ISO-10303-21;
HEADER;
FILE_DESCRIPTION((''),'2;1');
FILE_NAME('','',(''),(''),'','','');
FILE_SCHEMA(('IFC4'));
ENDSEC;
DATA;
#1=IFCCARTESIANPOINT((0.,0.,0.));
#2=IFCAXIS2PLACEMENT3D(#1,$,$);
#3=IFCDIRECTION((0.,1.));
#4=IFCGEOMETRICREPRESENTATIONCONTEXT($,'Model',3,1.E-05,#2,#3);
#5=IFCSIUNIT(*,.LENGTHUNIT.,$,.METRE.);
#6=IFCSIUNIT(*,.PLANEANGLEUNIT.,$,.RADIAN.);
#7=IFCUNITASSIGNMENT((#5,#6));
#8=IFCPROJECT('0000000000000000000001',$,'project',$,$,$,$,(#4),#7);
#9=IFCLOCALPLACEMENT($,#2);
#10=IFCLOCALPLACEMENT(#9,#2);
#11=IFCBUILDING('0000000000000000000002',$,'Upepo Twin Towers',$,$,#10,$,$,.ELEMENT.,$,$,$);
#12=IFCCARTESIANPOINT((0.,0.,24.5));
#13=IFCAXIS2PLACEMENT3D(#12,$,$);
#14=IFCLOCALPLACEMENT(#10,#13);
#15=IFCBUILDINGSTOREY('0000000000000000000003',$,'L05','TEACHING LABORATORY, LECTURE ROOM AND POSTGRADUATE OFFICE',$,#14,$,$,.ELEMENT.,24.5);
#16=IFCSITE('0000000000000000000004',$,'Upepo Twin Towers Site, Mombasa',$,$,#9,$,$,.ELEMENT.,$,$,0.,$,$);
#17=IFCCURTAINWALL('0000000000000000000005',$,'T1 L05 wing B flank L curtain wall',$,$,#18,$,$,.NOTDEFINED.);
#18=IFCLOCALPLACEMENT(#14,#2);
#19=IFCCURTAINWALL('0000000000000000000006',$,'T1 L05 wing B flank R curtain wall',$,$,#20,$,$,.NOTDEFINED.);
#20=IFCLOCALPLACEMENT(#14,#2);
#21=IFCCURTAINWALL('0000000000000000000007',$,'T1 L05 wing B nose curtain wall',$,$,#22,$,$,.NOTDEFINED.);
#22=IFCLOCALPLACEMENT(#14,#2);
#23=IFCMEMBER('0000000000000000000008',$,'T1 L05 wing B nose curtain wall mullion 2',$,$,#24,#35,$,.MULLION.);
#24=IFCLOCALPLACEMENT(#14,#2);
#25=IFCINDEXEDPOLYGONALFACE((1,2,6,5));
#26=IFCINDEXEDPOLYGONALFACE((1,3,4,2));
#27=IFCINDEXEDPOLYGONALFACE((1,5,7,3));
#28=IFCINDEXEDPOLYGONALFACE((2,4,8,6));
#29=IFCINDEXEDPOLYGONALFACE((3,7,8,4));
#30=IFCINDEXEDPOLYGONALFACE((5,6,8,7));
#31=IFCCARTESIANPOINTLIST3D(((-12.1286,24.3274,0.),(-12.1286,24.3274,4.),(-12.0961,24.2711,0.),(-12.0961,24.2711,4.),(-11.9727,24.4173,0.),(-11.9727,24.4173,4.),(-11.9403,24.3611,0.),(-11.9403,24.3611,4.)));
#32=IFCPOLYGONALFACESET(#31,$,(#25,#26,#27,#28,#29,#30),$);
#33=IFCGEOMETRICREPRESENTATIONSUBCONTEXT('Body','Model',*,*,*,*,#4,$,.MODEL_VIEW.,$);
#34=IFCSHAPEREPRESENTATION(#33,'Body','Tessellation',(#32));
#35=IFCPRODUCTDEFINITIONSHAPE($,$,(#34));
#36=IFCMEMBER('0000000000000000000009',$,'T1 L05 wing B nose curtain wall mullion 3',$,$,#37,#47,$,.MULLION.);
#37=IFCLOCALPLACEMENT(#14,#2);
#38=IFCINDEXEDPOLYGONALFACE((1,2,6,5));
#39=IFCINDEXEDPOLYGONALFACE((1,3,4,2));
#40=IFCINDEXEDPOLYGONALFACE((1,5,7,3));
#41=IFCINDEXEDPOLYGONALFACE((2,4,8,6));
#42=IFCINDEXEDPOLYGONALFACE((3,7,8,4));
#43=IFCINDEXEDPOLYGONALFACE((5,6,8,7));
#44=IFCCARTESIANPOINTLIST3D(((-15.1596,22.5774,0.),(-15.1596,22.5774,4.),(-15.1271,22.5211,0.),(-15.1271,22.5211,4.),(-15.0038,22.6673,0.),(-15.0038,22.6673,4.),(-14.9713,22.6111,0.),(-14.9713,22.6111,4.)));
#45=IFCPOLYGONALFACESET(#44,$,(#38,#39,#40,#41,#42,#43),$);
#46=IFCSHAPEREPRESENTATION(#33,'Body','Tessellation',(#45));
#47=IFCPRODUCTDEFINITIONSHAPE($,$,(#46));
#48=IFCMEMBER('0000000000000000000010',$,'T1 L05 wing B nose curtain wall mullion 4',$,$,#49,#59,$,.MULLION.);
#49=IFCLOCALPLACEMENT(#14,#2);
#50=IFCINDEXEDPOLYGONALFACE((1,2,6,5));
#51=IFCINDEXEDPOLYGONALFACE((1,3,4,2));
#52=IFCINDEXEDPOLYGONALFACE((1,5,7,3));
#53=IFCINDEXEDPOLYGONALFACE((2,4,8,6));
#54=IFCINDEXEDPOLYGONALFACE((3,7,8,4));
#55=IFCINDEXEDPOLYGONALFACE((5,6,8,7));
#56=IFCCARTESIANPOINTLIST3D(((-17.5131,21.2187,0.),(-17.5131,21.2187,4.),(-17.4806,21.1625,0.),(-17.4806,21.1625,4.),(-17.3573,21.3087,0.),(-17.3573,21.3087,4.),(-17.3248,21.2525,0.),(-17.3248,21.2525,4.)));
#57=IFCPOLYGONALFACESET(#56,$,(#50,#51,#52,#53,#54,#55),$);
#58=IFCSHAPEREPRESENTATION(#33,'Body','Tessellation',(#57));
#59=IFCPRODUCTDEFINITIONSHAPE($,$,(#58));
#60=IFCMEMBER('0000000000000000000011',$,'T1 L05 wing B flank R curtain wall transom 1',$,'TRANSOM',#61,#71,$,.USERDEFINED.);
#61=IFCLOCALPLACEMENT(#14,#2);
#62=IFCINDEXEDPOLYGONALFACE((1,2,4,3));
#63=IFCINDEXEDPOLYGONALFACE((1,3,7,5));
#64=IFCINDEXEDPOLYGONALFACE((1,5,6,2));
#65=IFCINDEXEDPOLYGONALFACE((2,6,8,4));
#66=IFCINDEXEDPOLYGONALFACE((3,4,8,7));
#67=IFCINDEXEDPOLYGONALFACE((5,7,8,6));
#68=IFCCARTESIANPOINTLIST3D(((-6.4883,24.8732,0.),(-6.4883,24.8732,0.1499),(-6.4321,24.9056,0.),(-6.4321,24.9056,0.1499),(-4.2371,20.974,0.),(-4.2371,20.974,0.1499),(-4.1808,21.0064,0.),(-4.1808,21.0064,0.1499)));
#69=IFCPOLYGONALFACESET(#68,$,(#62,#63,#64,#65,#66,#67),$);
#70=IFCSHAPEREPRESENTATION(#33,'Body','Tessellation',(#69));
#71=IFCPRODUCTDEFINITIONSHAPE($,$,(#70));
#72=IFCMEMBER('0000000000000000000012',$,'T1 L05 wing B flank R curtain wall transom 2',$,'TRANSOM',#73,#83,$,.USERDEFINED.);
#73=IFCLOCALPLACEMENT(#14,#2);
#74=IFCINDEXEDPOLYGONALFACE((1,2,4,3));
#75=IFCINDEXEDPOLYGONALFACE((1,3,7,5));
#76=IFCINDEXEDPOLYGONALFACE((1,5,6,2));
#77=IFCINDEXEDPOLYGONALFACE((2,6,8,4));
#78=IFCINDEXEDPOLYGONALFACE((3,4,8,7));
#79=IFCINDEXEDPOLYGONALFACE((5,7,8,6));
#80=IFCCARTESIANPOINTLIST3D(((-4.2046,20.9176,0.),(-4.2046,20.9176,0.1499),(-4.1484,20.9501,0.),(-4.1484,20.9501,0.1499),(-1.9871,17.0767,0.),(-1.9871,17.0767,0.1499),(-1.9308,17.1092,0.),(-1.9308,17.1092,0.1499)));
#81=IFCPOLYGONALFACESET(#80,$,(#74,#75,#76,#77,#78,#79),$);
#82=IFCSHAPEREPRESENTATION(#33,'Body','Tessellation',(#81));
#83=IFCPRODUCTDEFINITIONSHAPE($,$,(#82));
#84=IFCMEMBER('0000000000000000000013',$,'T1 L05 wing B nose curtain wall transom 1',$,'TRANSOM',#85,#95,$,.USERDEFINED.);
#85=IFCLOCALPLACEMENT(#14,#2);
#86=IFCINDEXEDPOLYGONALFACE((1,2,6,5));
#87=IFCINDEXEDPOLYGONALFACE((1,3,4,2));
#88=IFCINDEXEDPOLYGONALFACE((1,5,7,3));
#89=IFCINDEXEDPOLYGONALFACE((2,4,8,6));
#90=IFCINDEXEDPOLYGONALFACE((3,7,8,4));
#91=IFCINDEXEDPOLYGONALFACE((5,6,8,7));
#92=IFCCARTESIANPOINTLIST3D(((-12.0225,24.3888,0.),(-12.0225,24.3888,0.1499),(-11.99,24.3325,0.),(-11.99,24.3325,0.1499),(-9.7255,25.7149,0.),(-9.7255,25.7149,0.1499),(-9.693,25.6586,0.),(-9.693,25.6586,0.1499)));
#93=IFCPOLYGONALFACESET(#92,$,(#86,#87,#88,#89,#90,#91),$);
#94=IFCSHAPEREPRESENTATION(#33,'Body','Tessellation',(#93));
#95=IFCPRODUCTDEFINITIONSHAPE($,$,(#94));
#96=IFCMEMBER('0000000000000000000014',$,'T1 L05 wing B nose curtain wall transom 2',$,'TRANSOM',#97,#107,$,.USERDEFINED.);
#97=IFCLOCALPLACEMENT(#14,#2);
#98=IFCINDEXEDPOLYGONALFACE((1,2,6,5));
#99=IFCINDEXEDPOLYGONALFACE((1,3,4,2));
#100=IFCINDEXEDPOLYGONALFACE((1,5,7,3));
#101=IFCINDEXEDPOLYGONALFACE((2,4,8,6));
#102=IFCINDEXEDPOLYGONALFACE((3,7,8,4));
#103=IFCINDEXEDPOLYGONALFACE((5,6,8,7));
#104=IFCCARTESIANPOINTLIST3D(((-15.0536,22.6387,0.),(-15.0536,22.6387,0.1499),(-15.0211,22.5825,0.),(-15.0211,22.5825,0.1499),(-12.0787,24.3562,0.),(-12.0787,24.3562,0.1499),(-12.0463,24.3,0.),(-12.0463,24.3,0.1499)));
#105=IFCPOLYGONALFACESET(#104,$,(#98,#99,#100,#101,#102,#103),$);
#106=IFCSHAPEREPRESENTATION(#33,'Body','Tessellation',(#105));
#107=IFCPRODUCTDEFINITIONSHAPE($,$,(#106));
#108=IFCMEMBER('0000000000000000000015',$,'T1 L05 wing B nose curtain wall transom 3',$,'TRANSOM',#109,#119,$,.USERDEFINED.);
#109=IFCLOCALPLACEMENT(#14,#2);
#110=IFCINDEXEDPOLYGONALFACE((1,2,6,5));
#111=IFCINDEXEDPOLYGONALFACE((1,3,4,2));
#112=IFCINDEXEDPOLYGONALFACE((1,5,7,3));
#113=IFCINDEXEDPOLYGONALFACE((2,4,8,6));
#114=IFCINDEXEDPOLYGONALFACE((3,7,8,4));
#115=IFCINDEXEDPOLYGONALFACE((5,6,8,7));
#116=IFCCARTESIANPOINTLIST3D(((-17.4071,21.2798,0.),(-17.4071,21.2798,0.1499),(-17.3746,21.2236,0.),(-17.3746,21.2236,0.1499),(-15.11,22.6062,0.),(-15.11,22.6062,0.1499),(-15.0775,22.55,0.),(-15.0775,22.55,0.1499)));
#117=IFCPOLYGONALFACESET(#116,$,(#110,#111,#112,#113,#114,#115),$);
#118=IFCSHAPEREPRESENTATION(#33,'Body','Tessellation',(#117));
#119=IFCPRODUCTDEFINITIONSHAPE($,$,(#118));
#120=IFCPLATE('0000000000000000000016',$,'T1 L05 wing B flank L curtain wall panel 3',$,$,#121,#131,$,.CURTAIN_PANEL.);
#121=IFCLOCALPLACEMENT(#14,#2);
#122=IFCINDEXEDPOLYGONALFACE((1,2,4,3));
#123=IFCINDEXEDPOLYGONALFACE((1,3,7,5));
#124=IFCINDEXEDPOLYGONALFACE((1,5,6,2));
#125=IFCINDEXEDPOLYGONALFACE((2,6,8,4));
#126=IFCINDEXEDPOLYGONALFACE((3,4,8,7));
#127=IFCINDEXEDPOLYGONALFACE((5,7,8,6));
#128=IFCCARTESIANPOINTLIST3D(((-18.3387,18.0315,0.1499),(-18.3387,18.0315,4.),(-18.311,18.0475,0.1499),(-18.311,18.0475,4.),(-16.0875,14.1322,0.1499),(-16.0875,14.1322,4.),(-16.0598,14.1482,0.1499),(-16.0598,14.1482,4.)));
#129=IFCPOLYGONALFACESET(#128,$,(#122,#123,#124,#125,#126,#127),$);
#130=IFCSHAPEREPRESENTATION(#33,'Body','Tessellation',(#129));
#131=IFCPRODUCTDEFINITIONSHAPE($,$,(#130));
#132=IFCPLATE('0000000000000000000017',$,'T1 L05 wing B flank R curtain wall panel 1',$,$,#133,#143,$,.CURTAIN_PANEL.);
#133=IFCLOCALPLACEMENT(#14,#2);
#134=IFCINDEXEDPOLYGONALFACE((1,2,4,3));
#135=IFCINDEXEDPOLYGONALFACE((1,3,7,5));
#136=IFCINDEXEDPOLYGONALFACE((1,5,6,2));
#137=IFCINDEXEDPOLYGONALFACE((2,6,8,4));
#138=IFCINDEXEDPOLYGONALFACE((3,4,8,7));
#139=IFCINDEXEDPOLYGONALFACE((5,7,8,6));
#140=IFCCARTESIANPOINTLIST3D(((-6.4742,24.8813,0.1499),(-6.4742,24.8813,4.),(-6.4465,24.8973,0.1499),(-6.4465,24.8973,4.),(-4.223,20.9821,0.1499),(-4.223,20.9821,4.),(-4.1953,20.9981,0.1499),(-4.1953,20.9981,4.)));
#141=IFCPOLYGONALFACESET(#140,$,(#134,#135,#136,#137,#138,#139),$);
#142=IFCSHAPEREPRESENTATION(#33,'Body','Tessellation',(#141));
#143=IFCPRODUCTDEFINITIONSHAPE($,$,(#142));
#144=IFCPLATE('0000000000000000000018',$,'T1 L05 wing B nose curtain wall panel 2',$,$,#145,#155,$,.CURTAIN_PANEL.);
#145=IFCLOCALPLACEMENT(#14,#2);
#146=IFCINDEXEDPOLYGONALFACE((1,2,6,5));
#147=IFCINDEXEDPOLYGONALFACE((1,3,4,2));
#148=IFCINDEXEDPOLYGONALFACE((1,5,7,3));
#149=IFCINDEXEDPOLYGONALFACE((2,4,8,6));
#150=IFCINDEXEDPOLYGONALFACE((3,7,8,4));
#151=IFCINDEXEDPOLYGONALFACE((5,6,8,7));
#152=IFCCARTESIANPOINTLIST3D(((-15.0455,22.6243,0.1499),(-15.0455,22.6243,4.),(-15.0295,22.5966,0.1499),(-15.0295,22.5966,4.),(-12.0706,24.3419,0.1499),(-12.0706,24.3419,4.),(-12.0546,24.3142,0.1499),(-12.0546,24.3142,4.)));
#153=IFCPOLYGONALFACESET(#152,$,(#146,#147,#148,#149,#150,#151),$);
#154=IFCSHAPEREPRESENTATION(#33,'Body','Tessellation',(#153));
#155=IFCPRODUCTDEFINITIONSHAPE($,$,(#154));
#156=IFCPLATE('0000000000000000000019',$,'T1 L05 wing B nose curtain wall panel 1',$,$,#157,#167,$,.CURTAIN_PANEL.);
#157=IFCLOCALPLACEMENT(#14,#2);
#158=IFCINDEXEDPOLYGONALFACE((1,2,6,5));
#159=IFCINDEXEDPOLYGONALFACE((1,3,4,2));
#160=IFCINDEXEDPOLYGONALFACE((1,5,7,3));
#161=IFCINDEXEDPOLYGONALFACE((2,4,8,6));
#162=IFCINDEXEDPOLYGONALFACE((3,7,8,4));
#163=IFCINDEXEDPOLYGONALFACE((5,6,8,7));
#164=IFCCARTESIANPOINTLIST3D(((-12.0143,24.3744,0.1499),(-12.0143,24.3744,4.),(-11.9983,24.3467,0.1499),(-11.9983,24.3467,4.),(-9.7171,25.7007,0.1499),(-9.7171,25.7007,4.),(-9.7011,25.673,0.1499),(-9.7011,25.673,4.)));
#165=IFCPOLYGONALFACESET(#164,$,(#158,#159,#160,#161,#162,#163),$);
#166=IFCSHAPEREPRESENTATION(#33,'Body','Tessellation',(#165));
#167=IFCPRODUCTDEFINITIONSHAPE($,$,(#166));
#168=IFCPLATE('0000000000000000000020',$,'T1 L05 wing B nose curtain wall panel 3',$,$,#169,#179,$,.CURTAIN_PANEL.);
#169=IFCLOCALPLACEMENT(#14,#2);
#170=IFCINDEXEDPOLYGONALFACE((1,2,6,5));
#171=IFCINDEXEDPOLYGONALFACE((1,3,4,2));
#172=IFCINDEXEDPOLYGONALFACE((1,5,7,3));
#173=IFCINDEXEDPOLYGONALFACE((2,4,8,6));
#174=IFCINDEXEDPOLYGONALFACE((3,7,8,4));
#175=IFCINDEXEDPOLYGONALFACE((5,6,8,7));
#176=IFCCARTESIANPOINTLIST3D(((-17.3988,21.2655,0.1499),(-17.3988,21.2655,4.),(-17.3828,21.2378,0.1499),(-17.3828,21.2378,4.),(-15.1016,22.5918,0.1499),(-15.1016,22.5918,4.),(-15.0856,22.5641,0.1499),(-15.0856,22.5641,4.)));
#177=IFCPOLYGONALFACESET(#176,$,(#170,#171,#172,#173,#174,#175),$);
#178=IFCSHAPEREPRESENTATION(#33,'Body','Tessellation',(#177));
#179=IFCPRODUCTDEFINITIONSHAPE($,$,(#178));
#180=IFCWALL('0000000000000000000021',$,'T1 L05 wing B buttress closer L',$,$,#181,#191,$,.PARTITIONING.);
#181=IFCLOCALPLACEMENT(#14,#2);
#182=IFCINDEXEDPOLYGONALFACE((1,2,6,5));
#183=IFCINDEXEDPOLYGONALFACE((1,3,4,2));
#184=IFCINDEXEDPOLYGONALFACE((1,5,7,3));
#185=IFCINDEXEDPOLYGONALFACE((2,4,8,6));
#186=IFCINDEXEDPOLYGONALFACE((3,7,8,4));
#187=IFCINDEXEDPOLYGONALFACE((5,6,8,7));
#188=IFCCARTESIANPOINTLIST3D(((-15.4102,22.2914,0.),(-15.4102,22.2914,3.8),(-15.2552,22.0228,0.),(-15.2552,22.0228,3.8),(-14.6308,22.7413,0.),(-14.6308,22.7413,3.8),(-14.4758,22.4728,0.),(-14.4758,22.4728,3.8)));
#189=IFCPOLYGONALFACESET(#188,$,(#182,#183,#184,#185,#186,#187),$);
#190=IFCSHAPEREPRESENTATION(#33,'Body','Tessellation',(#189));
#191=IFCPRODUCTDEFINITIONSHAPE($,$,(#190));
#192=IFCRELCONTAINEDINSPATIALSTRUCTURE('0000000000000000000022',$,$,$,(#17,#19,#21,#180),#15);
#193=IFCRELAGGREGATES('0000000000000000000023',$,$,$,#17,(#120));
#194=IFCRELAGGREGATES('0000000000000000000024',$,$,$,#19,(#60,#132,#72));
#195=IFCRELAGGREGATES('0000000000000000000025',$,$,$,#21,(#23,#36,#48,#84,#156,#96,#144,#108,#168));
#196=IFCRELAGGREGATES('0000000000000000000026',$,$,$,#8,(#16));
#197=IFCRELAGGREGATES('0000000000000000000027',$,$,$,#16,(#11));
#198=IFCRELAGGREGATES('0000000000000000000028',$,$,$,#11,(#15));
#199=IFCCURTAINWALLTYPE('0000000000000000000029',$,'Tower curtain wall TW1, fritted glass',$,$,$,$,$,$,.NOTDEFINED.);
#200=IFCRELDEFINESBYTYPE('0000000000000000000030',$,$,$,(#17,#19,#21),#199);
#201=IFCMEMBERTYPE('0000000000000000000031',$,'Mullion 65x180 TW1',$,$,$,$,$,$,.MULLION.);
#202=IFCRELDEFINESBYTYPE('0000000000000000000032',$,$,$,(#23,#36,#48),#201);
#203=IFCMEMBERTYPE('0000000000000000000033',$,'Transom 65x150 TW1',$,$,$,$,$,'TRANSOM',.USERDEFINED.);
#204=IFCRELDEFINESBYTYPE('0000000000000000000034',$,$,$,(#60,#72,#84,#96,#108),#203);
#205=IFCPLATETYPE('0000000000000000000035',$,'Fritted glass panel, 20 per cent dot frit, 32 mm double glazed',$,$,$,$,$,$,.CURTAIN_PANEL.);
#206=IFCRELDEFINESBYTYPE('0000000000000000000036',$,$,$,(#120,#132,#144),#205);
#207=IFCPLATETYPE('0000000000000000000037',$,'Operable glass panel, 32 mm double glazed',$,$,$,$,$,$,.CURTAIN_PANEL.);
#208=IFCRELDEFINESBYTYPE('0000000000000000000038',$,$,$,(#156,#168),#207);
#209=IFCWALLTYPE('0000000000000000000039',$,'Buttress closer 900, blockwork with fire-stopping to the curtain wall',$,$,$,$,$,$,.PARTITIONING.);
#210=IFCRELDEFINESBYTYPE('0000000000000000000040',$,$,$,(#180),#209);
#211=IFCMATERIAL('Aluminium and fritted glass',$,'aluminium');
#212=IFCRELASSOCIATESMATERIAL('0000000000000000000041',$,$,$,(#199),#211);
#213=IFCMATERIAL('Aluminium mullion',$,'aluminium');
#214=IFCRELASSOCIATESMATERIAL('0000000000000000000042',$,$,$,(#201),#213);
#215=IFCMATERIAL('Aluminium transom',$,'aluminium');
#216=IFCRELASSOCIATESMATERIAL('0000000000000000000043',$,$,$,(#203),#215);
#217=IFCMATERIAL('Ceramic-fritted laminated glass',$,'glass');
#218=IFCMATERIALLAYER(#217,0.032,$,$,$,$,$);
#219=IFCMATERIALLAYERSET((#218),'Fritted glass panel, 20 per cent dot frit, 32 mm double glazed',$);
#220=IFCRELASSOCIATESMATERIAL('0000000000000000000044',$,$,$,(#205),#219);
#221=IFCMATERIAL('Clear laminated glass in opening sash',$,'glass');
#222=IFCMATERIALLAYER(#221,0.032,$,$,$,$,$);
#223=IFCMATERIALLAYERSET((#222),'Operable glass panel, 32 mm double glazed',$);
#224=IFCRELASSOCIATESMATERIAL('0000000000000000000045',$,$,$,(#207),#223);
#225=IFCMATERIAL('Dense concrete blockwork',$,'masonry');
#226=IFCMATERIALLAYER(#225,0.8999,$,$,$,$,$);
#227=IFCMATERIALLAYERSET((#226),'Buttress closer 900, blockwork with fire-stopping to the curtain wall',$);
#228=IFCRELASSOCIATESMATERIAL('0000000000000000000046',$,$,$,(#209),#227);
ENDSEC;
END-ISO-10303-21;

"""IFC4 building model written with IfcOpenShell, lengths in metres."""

from ifc_helpers import new_model, si_unit, direction, frame, frame_2d, origin, origin_2d, place, context, subcontext, project, spatial, rectangle, extrude, material, layer, layer_set, material_profile, profile_set, type_object, element, aggregate, save


model = new_model("IFC4")

# Units and contexts
model_context = context("Model", 3, precision=1e-05, world=origin(), true_north=direction((0.0, 1.0)))
body_context = subcontext(model_context, "Body", "Model", "MODEL_VIEW")
ifc_project = project(units=[si_unit("LENGTHUNIT", "METRE"), si_unit("PLANEANGLEUNIT", "RADIAN")], contexts=[model_context])

# Site, building, storey
site_placement = place(None, origin())
site = spatial("IfcSite", under=ifc_project, at=site_placement, Name="Upepo Twin Towers Site, Mombasa", CompositionType="ELEMENT", RefElevation=0.0)
building_placement = place(site_placement, origin())
building = spatial("IfcBuilding", under=site, at=building_placement, Name="Upepo Twin Towers", CompositionType="ELEMENT")
storey_placement = place(building_placement, frame((0.0, 0.0, 24.5)))
storey = spatial("IfcBuildingStorey", under=building, at=storey_placement, Name="L05", Description="TEACHING LABORATORY, LECTURE ROOM AND POSTGRADUATE OFFICE", CompositionType="ELEMENT", Elevation=24.5)

# Curtain wall
ifc_material_1 = material(Name="Aluminium and fritted glass", Category="aluminium")
curtain_wall_type = type_object("IfcCurtainWallType", Name="Tower curtain wall TW1, fritted glass", PredefinedType="NOTDEFINED", material=ifc_material_1)
curtain_wall_1_placement = place(storey_placement, origin())
curtain_wall_1 = element("IfcCurtainWall", 1, at=curtain_wall_1_placement, inside=storey, type_object=curtain_wall_type, Name="T1 L05 wing B flank L curtain wall", PredefinedType="NOTDEFINED")
ifc_material_2 = material(Name="Aluminium mullion", Category="aluminium")
ifc_material_profile_1 = material_profile(ifc_material_2, rectangle(XDim=0.0649, YDim=0.1799, at=origin_2d()), Name="MULLION 65x180")
ifc_profile_set_1 = profile_set([ifc_material_profile_1], Name="Aluminium mullion")
member_type_1 = type_object("IfcMemberType", Name="Mullion 65x180 TW1", PredefinedType="MULLION", material=ifc_profile_set_1)

# Curtain walls, members
curtain_wall_2_placement = place(storey_placement, origin())
curtain_wall_2 = element("IfcCurtainWall", 2, at=curtain_wall_2_placement, inside=storey, type_object=curtain_wall_type, Name="T1 L05 wing B flank R curtain wall", PredefinedType="NOTDEFINED")
curtain_wall_3_placement = place(storey_placement, origin())
curtain_wall_3 = element("IfcCurtainWall", 3, at=curtain_wall_3_placement, inside=storey, type_object=curtain_wall_type, Name="T1 L05 wing B nose curtain wall", PredefinedType="NOTDEFINED")
member_1_placement = place(storey_placement, frame((-12.0344, 24.3442, 0.0), z_axis=(0.0, 0.0, 1.0), x_axis=(0.5, -0.866025, 0.0)))
member_1 = element("IfcMember", 4, at=member_1_placement, type_object=member_type_1, Name="T1 L05 wing B nose curtain wall mullion 2", PredefinedType="MULLION", context=body_context, shape_type="SweptSolid", body=[
    extrude(rectangle(XDim=0.0649, YDim=0.1799, at=origin_2d()), origin(), (0.0, 0.0, 1.0), 4.0),
])
member_2_placement = place(storey_placement, frame((-15.0654, 22.5942, 0.0), z_axis=(0.0, 0.0, 1.0), x_axis=(0.5, -0.866025, 0.0)))
member_2 = element("IfcMember", 5, at=member_2_placement, type_object=member_type_1, Name="T1 L05 wing B nose curtain wall mullion 3", PredefinedType="MULLION", context=body_context, shape_type="SweptSolid", body=[
    extrude(rectangle(XDim=0.0649, YDim=0.1799, at=origin_2d()), origin(), (0.0, 0.0, 1.0), 4.0),
])
member_3_placement = place(storey_placement, frame((-17.4189, 21.2356, 0.0), z_axis=(0.0, 0.0, 1.0), x_axis=(0.5, -0.866025, 0.0)))
member_3 = element("IfcMember", 6, at=member_3_placement, type_object=member_type_1, Name="T1 L05 wing B nose curtain wall mullion 4", PredefinedType="MULLION", context=body_context, shape_type="SweptSolid", body=[
    extrude(rectangle(XDim=0.0649, YDim=0.1799, at=origin_2d()), origin(), (0.0, 0.0, 1.0), 4.0),
])

# Members
ifc_material_3 = material(Name="Aluminium transom", Category="aluminium")
ifc_material_profile_2 = material_profile(ifc_material_3, rectangle(XDim=0.0649, YDim=0.1499, at=origin_2d()), Name="TRANSOM 65x150")
ifc_profile_set_2 = profile_set([ifc_material_profile_2], Name="Aluminium transom")
member_type_2 = type_object("IfcMemberType", Name="Transom 65x150 TW1", ElementType="TRANSOM", PredefinedType="USERDEFINED", material=ifc_profile_set_2)
member_4_placement = place(storey_placement, frame((-6.4602, 24.8894, 0.075), z_axis=(0.500006, -0.866022, 0.0), x_axis=(0.866022, 0.500006, 0.0)))
member_4 = element("IfcMember", 7, at=member_4_placement, type_object=member_type_2, Name="T1 L05 wing B flank R curtain wall transom 1", ObjectType="TRANSOM", PredefinedType="USERDEFINED", context=body_context, shape_type="SweptSolid", body=[
    extrude(rectangle(XDim=0.0649, YDim=0.1499, at=origin_2d()), origin(), (0.0, 0.0, 1.0), 4.5024),
])
member_5_placement = place(storey_placement, frame((-4.1765, 20.9338, 0.075), z_axis=(0.500005, -0.866022, 0.0), x_axis=(0.866022, 0.500005, 0.0)))
member_5 = element("IfcMember", 8, at=member_5_placement, type_object=member_type_2, Name="T1 L05 wing B flank R curtain wall transom 2", ObjectType="TRANSOM", PredefinedType="USERDEFINED", context=body_context, shape_type="SweptSolid", body=[
    extrude(rectangle(XDim=0.0649, YDim=0.1499, at=origin_2d()), origin(), (0.0, 0.0, 1.0), 4.4351),
])
member_6_placement = place(storey_placement, frame((-9.7092, 25.6868, 0.075), z_axis=(-0.866037, -0.49998, 0.0), x_axis=(0.49998, -0.866037, 0.0)))
member_6 = element("IfcMember", 9, at=member_6_placement, type_object=member_type_2, Name="T1 L05 wing B nose curtain wall transom 1", ObjectType="TRANSOM", PredefinedType="USERDEFINED", context=body_context, shape_type="SweptSolid", body=[
    extrude(rectangle(XDim=0.0649, YDim=0.1499, at=origin_2d()), origin(), (0.0, 0.0, 1.0), 2.6523),
])
member_7_placement = place(storey_placement, frame((-12.0625, 24.3281, 0.075), z_axis=(-0.866026, -0.499999, 0.0), x_axis=(0.499999, -0.866026, 0.0)))
member_7 = element("IfcMember", 10, at=member_7_placement, type_object=member_type_2, Name="T1 L05 wing B nose curtain wall transom 2", ObjectType="TRANSOM", PredefinedType="USERDEFINED", context=body_context, shape_type="SweptSolid", body=[
    extrude(rectangle(XDim=0.0649, YDim=0.1499, at=origin_2d()), origin(), (0.0, 0.0, 1.0), 3.4351),
])
member_8_placement = place(storey_placement, frame((-15.0938, 22.5781, 0.075), z_axis=(-0.865997, -0.500049, 0.0), x_axis=(0.500049, -0.865997, 0.0)))
member_8 = element("IfcMember", 11, at=member_8_placement, type_object=member_type_2, Name="T1 L05 wing B nose curtain wall transom 3", ObjectType="TRANSOM", PredefinedType="USERDEFINED", context=body_context, shape_type="SweptSolid", body=[
    extrude(rectangle(XDim=0.0649, YDim=0.1499, at=origin_2d()), origin(), (0.0, 0.0, 1.0), 2.6526),
])

# Plates
ifc_material_4 = material(Name="Ceramic-fritted laminated glass", Category="glass")
ifc_layer_1 = layer(ifc_material_4, 0.032)
ifc_layer_set_1 = layer_set([ifc_layer_1], Name="Fritted glass panel, 20 per cent dot frit, 32 mm double glazed")
plate_type_1 = type_object("IfcPlateType", Name="Fritted glass panel, 20 per cent dot frit, 32 mm double glazed", PredefinedType="CURTAIN_PANEL", material=ifc_layer_set_1)
plate_1_placement = place(storey_placement, frame((-17.1992, 16.0898, 0.1499), z_axis=(0.0, 0.0, 1.0), x_axis=(-0.5, 0.866025, 0.0)))
plate_1 = element("IfcPlate", 12, at=plate_1_placement, type_object=plate_type_1, Name="T1 L05 wing B flank L curtain wall panel 3", PredefinedType="CURTAIN_PANEL", context=body_context, shape_type="SweptSolid", body=[
    extrude(rectangle(XDim=4.5024, YDim=0.032, at=origin_2d()), origin(), (0.0, 0.0, 1.0), 3.8501),
])
aggregate(curtain_wall_1, [plate_1])
plate_2_placement = place(storey_placement, frame((-5.3347, 22.9397, 0.1499), z_axis=(0.0, 0.0, 1.0), x_axis=(0.5, -0.866025, 0.0)))
plate_2 = element("IfcPlate", 13, at=plate_2_placement, type_object=plate_type_1, Name="T1 L05 wing B flank R curtain wall panel 1", PredefinedType="CURTAIN_PANEL", context=body_context, shape_type="SweptSolid", body=[
    extrude(rectangle(XDim=4.5024, YDim=0.032, at=origin_2d()), origin(), (0.0, 0.0, 1.0), 3.8501),
])
aggregate(curtain_wall_2, [member_4, plate_2, member_5])
plate_3_placement = place(storey_placement, frame((-13.55, 23.4692, 0.1499), z_axis=(0.0, 0.0, 1.0), x_axis=(-0.866025, -0.5, 0.0)))
plate_3 = element("IfcPlate", 14, at=plate_3_placement, type_object=plate_type_1, Name="T1 L05 wing B nose curtain wall panel 2", PredefinedType="CURTAIN_PANEL", context=body_context, shape_type="SweptSolid", body=[
    extrude(rectangle(XDim=3.4351, YDim=0.032, at=origin_2d()), origin(), (0.0, 0.0, 1.0), 3.8501),
])
ifc_material_5 = material(Name="Clear laminated glass in opening sash", Category="glass")
ifc_layer_2 = layer(ifc_material_5, 0.032)
ifc_layer_set_2 = layer_set([ifc_layer_2], Name="Operable glass panel, 32 mm double glazed")
plate_type_2 = type_object("IfcPlateType", Name="Operable glass panel, 32 mm double glazed", PredefinedType="CURTAIN_PANEL", material=ifc_layer_set_2)
plate_4_placement = place(storey_placement, frame((-10.8577, 25.0237, 0.1499), z_axis=(0.0, 0.0, 1.0), x_axis=(-0.866025, -0.5, 0.0)))
plate_4 = element("IfcPlate", 15, at=plate_4_placement, type_object=plate_type_2, Name="T1 L05 wing B nose curtain wall panel 1", PredefinedType="CURTAIN_PANEL", context=body_context, shape_type="SweptSolid", body=[
    extrude(rectangle(XDim=2.6526, YDim=0.032, at=origin_2d()), origin(), (0.0, 0.0, 1.0), 3.8501),
])
plate_5_placement = place(storey_placement, frame((-16.2422, 21.9148, 0.1499), z_axis=(0.0, 0.0, 1.0), x_axis=(-0.866025, -0.5, 0.0)))
plate_5 = element("IfcPlate", 16, at=plate_5_placement, type_object=plate_type_2, Name="T1 L05 wing B nose curtain wall panel 3", PredefinedType="CURTAIN_PANEL", context=body_context, shape_type="SweptSolid", body=[
    extrude(rectangle(XDim=2.6526, YDim=0.032, at=origin_2d()), origin(), (0.0, 0.0, 1.0), 3.8501),
])
aggregate(curtain_wall_3, [member_1, member_2, member_3, member_6, plate_4, member_7, plate_3, member_8, plate_5])

# Wall
ifc_material_6 = material(Name="Dense concrete blockwork", Category="masonry")
ifc_layer_3 = layer(ifc_material_6, 0.8999)
ifc_layer_set_3 = layer_set([ifc_layer_3], Name="Buttress closer 900, blockwork with fire-stopping to the curtain wall")
wall_type_1 = type_object("IfcWallType", Name="Buttress closer 900, blockwork with fire-stopping to the curtain wall", PredefinedType="PARTITIONING", material=ifc_layer_set_3)
for number, where, z_axis, x_axis, name in (
    (17, (-14.8655, 22.2478, 0.0), (0.0, 0.0, 1.0), (-0.49995, 0.866054, 0.0), "T1 L05 wing B buttress closer L"),
):
    element("IfcWall", number, at=place(storey_placement, frame(where, z_axis=z_axis, x_axis=x_axis)), inside=storey, type_object=wall_type_1, Name=name, PredefinedType="PARTITIONING", context=body_context, shape_type="SweptSolid", body=[
        extrude(rectangle(XDim=0.3101, YDim=0.8999, at=frame_2d((0.155, 0.0))), origin(), (0.0, 0.0, 1.0), 3.8),
    ])

save(model, "model.ifc")
